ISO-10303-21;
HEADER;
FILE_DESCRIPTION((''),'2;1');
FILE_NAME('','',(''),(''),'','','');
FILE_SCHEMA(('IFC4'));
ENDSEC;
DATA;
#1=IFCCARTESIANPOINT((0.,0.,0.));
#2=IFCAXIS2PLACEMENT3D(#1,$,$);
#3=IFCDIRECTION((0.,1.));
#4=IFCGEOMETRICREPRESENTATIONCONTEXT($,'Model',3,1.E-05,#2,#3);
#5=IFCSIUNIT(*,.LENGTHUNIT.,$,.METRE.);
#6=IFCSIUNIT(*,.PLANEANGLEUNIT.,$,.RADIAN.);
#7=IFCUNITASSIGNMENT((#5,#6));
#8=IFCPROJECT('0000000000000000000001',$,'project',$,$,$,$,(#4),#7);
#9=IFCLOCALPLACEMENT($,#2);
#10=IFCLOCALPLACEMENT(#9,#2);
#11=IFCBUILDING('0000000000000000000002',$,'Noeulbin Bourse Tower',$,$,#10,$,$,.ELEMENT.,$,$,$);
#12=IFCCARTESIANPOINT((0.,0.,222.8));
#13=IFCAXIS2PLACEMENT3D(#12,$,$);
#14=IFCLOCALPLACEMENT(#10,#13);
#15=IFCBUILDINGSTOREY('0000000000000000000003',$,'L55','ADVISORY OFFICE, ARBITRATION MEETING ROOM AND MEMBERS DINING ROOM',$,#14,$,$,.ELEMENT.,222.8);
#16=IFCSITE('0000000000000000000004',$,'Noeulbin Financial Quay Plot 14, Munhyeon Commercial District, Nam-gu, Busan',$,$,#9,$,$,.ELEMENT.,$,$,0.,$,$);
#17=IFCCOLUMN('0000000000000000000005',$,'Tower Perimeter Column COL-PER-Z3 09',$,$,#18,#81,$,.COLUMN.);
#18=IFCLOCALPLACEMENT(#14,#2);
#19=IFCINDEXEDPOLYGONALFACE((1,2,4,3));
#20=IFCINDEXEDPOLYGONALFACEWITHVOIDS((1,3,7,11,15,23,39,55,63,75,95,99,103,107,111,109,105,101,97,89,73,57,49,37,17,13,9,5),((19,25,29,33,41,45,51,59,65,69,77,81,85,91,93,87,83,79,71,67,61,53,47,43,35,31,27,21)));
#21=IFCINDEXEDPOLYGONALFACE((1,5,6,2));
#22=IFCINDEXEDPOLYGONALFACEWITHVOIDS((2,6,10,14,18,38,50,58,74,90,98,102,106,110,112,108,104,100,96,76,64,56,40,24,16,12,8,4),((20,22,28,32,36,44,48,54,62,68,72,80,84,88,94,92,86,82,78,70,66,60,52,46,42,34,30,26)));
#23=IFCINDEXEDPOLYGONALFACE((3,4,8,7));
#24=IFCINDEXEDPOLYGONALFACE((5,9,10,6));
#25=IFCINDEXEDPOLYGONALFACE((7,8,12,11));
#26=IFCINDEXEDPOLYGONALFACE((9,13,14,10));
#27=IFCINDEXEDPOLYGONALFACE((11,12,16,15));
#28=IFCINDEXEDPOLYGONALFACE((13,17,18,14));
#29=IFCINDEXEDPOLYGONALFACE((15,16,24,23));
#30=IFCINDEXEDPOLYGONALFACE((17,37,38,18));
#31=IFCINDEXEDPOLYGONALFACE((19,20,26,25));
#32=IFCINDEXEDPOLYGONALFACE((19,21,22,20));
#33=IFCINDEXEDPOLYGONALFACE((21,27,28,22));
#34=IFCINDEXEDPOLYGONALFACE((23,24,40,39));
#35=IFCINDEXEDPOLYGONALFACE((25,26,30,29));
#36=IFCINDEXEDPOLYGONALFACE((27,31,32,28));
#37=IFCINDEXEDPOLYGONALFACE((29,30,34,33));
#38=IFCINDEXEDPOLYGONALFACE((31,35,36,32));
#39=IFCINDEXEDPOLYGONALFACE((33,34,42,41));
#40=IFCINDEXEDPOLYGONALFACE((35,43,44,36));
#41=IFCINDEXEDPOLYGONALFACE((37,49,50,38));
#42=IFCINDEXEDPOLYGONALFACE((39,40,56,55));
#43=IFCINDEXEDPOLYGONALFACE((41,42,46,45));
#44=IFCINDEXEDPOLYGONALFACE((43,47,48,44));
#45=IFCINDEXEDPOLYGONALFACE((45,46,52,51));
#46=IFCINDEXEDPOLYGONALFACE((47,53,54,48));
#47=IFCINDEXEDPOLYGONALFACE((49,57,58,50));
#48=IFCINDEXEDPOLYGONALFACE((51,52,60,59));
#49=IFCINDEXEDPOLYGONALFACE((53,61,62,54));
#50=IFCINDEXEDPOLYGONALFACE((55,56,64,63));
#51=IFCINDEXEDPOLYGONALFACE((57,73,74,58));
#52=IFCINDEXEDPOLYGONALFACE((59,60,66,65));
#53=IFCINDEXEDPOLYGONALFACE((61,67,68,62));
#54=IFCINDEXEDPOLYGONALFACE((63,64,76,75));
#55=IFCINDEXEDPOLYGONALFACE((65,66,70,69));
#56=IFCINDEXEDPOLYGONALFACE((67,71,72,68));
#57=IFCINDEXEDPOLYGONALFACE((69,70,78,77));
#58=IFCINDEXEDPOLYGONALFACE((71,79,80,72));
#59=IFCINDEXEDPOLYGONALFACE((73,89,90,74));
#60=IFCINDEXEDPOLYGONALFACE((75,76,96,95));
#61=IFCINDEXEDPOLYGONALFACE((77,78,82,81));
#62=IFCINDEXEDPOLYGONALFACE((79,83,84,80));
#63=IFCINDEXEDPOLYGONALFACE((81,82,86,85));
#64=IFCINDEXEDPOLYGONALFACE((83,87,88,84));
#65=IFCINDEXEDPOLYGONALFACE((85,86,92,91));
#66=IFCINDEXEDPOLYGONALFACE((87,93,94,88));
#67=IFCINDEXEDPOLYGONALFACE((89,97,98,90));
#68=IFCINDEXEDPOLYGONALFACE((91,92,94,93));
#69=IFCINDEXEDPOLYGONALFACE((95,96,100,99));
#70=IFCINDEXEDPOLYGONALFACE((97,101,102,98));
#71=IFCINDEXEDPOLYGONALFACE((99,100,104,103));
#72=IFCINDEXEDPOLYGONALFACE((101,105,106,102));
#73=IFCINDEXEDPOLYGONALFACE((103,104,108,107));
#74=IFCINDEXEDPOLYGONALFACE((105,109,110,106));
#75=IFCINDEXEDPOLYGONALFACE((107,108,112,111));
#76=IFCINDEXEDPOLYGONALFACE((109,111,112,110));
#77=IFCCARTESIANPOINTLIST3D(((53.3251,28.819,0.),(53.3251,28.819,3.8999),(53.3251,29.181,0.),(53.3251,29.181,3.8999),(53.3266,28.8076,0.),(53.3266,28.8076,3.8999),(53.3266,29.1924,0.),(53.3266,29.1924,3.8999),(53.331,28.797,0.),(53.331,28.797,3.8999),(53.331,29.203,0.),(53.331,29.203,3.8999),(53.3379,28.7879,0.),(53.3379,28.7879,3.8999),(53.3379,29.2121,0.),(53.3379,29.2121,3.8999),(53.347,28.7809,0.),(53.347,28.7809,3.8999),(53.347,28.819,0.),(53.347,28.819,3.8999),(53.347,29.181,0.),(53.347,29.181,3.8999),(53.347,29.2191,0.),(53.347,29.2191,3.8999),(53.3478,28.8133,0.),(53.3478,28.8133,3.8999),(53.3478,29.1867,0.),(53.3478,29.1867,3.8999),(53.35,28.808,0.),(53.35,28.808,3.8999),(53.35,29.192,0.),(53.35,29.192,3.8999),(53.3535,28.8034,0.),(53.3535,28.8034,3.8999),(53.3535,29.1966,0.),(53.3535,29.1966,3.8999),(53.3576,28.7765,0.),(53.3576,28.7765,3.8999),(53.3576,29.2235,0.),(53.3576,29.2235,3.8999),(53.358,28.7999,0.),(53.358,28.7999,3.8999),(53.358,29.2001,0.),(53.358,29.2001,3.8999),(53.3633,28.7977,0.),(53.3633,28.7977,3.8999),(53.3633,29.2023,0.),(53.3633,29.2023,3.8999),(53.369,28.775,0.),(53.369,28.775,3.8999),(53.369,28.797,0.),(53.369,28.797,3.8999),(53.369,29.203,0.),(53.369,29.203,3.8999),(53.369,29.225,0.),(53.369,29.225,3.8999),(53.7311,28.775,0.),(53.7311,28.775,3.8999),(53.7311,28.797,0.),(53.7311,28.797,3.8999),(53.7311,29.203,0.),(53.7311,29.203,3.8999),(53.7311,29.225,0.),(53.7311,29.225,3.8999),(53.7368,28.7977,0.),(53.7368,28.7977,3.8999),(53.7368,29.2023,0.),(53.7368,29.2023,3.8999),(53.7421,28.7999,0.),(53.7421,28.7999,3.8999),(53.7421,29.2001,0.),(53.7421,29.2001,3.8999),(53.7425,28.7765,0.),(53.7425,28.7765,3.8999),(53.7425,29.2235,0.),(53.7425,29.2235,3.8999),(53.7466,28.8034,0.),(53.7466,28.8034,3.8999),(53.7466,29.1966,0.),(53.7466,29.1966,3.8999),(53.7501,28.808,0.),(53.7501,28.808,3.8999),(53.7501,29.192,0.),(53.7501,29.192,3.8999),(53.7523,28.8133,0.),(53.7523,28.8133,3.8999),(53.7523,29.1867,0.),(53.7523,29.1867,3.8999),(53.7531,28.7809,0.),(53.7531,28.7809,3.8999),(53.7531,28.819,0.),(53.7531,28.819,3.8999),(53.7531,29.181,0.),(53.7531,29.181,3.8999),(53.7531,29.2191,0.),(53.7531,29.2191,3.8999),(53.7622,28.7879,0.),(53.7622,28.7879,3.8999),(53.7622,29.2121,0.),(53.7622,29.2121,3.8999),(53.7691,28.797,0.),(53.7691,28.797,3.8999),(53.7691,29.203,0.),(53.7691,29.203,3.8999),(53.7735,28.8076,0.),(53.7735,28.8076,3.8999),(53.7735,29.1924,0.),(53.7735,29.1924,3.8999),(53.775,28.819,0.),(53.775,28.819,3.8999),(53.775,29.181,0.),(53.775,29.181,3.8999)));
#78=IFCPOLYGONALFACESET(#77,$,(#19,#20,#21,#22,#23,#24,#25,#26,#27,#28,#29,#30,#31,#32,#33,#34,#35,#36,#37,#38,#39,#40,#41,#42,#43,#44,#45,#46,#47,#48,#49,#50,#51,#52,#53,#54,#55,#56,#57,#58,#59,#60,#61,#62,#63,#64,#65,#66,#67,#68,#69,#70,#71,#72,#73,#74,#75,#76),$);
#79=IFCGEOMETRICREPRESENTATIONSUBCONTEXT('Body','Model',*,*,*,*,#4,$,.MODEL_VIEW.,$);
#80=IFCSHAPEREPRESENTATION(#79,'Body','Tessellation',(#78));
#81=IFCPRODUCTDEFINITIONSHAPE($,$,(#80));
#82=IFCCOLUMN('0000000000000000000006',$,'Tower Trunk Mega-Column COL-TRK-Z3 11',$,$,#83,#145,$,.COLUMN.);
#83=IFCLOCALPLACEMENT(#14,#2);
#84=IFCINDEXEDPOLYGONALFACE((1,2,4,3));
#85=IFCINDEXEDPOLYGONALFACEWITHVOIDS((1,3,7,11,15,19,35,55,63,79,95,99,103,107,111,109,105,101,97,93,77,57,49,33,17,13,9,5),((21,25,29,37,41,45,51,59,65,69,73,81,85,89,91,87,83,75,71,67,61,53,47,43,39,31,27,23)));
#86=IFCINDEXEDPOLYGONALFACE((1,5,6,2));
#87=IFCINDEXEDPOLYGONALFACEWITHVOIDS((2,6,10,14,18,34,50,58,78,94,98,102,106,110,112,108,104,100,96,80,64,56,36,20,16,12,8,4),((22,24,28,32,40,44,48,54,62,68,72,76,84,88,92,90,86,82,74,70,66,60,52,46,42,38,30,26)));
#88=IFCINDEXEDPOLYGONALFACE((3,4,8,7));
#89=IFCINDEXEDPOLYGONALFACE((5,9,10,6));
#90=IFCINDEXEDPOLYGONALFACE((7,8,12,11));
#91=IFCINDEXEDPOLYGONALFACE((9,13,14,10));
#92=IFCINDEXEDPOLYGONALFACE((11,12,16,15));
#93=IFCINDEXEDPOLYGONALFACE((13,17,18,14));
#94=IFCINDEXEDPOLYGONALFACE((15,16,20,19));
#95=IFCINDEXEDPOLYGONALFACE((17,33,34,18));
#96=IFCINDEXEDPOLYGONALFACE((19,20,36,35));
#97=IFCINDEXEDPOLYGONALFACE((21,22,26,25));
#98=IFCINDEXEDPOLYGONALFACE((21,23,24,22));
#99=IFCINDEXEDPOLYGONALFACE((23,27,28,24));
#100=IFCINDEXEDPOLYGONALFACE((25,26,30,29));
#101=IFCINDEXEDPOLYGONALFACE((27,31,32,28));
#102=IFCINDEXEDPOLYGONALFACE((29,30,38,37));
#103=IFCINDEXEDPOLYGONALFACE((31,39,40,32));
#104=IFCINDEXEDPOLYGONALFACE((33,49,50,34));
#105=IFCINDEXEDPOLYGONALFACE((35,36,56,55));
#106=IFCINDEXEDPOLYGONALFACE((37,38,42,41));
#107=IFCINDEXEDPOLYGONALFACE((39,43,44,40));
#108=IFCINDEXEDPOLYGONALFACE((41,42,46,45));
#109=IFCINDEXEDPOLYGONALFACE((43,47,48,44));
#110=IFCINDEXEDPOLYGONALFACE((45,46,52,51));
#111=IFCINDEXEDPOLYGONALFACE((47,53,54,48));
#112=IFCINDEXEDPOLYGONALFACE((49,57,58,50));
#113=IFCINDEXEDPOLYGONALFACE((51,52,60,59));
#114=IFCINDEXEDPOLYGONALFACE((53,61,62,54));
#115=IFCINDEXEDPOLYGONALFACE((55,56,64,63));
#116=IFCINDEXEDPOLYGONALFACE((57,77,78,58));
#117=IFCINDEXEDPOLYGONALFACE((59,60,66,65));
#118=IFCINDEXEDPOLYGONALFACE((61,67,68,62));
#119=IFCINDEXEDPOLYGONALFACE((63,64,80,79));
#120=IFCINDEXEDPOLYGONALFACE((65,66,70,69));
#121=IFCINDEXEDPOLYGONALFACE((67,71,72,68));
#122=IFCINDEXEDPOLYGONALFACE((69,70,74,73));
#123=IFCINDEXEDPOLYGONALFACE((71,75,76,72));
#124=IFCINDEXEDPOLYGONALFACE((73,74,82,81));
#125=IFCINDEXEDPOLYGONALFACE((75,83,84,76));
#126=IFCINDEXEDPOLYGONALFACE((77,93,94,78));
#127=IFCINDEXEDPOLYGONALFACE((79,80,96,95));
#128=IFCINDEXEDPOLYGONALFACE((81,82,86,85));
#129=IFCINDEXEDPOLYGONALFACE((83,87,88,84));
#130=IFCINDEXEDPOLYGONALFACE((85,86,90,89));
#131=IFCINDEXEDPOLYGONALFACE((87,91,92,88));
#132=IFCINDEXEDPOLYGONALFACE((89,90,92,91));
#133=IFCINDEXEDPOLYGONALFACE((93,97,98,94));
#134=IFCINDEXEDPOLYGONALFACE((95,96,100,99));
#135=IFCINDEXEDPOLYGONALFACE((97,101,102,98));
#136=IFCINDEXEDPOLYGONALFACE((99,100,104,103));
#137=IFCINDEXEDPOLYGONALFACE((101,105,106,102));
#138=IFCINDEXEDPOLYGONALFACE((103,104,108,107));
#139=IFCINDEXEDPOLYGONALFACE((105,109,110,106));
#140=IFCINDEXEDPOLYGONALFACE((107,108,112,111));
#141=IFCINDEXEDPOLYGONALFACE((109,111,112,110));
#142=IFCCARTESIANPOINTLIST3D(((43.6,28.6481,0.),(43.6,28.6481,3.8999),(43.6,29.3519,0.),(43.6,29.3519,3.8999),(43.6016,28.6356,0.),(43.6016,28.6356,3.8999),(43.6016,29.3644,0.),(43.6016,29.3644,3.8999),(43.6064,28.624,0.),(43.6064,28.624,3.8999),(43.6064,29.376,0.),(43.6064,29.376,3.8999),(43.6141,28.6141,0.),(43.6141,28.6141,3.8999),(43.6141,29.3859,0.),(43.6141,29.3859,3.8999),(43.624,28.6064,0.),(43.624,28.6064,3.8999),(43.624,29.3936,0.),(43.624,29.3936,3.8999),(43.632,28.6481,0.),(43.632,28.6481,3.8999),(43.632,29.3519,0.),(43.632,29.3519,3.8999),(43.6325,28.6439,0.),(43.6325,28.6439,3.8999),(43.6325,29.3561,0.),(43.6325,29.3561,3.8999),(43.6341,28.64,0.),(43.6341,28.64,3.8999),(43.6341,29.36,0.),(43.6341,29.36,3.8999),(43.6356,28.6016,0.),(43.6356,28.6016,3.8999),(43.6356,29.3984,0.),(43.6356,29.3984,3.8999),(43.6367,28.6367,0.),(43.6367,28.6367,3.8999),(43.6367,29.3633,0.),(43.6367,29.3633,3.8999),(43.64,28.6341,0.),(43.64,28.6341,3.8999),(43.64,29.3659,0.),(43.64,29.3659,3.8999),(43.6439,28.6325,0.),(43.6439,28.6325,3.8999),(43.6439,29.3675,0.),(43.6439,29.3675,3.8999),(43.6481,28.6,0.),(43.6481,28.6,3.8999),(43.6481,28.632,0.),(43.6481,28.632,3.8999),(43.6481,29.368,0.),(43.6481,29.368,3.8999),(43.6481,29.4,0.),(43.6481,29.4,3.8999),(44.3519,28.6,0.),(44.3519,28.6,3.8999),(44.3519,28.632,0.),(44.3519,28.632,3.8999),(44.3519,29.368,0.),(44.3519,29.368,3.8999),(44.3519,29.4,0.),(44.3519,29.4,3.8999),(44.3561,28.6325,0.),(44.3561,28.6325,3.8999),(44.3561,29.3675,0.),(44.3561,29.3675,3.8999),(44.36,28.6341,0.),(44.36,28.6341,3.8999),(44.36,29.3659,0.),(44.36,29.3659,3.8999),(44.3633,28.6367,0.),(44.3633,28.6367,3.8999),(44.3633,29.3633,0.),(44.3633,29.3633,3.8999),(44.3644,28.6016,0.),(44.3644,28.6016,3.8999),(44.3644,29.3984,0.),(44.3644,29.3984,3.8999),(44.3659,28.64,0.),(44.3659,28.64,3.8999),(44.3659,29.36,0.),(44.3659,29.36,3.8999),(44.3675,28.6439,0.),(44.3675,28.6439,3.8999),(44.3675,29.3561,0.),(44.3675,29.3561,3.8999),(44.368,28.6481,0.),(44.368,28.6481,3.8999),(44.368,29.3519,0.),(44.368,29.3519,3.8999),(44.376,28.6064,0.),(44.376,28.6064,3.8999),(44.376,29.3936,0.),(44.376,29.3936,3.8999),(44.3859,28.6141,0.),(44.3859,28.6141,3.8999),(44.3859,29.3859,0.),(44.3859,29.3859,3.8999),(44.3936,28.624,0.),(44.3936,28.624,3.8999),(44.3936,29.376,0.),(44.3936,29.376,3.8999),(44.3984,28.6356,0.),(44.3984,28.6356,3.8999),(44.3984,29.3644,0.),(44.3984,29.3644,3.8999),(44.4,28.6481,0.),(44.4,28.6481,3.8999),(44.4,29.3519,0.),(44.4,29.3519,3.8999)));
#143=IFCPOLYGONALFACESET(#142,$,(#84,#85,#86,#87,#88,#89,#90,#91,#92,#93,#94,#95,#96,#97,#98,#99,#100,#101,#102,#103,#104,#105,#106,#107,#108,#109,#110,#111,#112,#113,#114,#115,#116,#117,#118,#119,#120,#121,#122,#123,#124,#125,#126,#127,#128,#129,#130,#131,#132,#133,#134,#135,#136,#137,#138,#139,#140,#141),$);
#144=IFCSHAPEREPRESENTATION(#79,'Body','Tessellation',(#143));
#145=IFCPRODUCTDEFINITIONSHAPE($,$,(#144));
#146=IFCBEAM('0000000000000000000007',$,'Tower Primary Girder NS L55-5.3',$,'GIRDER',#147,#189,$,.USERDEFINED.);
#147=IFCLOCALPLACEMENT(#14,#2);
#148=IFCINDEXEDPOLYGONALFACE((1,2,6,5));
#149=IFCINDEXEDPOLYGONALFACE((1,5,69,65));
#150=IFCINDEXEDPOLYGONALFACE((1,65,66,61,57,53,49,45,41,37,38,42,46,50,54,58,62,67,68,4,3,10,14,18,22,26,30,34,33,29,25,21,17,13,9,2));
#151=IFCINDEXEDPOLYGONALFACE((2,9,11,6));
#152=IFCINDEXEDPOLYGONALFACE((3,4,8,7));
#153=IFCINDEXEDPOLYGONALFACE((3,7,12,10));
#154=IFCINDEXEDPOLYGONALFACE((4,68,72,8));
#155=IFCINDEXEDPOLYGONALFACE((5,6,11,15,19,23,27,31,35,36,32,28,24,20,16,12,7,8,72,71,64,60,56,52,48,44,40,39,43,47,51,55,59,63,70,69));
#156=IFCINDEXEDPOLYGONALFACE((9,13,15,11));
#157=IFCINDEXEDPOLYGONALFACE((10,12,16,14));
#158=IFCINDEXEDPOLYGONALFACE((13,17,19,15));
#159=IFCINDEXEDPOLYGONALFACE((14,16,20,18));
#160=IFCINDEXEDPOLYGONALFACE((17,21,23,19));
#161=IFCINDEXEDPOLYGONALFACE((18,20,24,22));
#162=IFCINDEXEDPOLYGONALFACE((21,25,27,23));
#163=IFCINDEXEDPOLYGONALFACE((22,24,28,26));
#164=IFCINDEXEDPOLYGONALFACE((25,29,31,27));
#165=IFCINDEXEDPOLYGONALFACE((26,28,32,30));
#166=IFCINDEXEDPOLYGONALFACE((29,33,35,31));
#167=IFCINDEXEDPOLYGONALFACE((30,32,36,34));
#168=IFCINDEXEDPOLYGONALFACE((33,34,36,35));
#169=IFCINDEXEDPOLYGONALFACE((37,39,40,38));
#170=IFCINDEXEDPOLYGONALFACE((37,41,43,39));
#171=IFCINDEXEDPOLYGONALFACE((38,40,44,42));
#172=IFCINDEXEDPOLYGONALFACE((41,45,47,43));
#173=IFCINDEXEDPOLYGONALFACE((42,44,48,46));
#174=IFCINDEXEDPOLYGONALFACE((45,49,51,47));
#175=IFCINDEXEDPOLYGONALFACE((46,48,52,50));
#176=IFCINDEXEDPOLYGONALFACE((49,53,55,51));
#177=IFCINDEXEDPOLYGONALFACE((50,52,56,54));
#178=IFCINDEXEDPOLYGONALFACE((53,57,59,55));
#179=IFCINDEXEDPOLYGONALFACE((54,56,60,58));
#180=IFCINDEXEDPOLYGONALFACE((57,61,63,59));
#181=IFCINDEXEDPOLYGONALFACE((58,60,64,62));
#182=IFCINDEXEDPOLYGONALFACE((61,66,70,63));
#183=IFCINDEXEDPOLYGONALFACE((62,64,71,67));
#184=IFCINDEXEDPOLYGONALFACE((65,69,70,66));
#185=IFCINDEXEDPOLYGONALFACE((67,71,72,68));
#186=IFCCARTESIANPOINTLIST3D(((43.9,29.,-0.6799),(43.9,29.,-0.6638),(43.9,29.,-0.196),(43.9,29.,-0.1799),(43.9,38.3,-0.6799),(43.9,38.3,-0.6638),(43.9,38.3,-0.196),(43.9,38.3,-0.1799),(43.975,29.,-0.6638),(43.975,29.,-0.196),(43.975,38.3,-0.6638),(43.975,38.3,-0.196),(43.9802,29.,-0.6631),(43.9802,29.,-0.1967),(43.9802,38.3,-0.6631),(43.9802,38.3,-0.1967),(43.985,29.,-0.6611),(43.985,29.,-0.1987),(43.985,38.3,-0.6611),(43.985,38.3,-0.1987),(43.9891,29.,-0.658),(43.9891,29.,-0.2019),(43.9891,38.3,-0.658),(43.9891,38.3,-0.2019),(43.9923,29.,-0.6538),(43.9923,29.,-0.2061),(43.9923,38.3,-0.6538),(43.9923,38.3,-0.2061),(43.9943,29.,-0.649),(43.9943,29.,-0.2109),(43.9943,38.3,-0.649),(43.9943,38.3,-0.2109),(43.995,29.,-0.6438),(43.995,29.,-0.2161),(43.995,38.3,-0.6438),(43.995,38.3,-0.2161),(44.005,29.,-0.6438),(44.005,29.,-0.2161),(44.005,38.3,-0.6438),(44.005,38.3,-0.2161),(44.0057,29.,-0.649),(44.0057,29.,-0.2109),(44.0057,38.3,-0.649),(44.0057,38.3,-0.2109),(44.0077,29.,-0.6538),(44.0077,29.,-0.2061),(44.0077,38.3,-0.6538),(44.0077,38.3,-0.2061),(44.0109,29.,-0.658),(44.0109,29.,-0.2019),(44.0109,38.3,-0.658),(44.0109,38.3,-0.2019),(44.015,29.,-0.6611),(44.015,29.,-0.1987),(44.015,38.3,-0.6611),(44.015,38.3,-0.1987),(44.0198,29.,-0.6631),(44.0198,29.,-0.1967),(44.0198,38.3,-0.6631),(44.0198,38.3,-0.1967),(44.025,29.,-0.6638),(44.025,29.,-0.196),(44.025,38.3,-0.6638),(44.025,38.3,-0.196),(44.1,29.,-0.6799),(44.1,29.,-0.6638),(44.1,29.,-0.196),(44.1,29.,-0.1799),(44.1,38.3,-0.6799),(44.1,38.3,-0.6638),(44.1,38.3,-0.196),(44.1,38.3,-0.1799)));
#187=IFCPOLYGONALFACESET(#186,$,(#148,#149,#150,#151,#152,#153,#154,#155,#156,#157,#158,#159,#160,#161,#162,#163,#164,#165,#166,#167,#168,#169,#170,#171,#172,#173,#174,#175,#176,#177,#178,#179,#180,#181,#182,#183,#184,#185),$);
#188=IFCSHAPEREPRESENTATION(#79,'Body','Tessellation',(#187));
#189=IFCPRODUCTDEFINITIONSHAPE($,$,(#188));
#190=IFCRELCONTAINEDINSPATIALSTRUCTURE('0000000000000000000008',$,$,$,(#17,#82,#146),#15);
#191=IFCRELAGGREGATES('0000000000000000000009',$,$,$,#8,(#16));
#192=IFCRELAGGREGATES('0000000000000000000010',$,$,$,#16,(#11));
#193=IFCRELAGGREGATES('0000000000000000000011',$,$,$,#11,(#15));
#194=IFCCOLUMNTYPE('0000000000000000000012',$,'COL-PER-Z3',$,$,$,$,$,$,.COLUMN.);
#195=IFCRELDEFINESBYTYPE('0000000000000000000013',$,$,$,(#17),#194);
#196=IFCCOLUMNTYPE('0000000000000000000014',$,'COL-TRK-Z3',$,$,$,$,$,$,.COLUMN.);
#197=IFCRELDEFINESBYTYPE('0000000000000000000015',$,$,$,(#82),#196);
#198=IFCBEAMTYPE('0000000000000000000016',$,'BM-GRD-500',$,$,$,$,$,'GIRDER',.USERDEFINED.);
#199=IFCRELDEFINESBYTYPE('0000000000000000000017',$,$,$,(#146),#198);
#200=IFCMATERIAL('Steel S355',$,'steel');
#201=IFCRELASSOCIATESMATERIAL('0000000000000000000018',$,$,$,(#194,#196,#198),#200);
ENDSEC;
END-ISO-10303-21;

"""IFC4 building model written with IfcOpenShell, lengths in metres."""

from ifc_helpers import new_model, si_unit, direction, frame, origin, origin_2d, place, context, subcontext, project, spatial, hollow_rectangle, i_section, extrude, material, material_profile, profile_set, type_object, element, save


model = new_model("IFC4")

# Units and contexts
model_context = context("Model", 3, precision=1e-05, world=origin(), true_north=direction((0.0, 1.0)))
body_context = subcontext(model_context, "Body", "Model", "MODEL_VIEW")
ifc_project = project(units=[si_unit("LENGTHUNIT", "METRE"), si_unit("PLANEANGLEUNIT", "RADIAN")], contexts=[model_context])

# Site, building, storey
site_placement = place(None, origin())
site = spatial("IfcSite", under=ifc_project, at=site_placement, Name="Noeulbin Financial Quay Plot 14, Munhyeon Commercial District, Nam-gu, Busan", CompositionType="ELEMENT", RefElevation=0.0)
building_placement = place(site_placement, origin())
building = spatial("IfcBuilding", under=site, at=building_placement, Name="Noeulbin Bourse Tower", CompositionType="ELEMENT")
storey_placement = place(building_placement, frame((0.0, 0.0, 222.8)))
storey = spatial("IfcBuildingStorey", under=building, at=storey_placement, Name="L55", Description="ADVISORY OFFICE, ARBITRATION MEETING ROOM AND MEMBERS DINING ROOM", CompositionType="ELEMENT", Elevation=222.8)

# Columns
ifc_material_1 = material(Name="Steel S355", Category="steel")
ifc_material_profile_1 = material_profile(ifc_material_1, hollow_rectangle(XDim=0.45, YDim=0.45, WallThickness=0.022, InnerFilletRadius=0.022, OuterFilletRadius=0.0439, at=origin_2d()), Name="SHS-450x450x22", Category="LoadBearing")
ifc_profile_set_1 = profile_set([ifc_material_profile_1], Name="Steel S355")
column_type_1 = type_object("IfcColumnType", Name="COL-PER-Z3", PredefinedType="COLUMN", material=ifc_profile_set_1)
column_1_placement = place(storey_placement, frame((53.55, 29.0, 0.0), z_axis=(0.0, 0.0, 1.0), x_axis=(1.0, 0.0, 0.0)))
element("IfcColumn", 1, at=column_1_placement, inside=storey, type_object=column_type_1, Name="Tower Perimeter Column COL-PER-Z3 09", PredefinedType="COLUMN", context=body_context, shape_type="SweptSolid", body=[
    extrude(hollow_rectangle(XDim=0.45, YDim=0.45, WallThickness=0.022, InnerFilletRadius=0.022, OuterFilletRadius=0.0439, at=origin_2d()), origin(), (0.0, 0.0, 1.0), 3.8999),
])
ifc_material_profile_2 = material_profile(ifc_material_1, hollow_rectangle(XDim=0.8, YDim=0.8, WallThickness=0.032, InnerFilletRadius=0.0161, OuterFilletRadius=0.0481, at=origin_2d()), Name="BOX-800x800x32", Category="LoadBearing")
ifc_profile_set_2 = profile_set([ifc_material_profile_2], Name="Steel S355")
column_type_2 = type_object("IfcColumnType", Name="COL-TRK-Z3", PredefinedType="COLUMN", material=ifc_profile_set_2)
column_2_placement = place(storey_placement, frame((44.0, 29.0, 0.0), z_axis=(0.0, 0.0, 1.0), x_axis=(1.0, 0.0, 0.0)))
element("IfcColumn", 2, at=column_2_placement, inside=storey, type_object=column_type_2, Name="Tower Trunk Mega-Column COL-TRK-Z3 11", PredefinedType="COLUMN", context=body_context, shape_type="SweptSolid", body=[
    extrude(hollow_rectangle(XDim=0.8, YDim=0.8, WallThickness=0.032, InnerFilletRadius=0.0161, OuterFilletRadius=0.0481, at=origin_2d()), origin(), (0.0, 0.0, 1.0), 3.8999),
])

# Beam
ifc_material_profile_3 = material_profile(ifc_material_1, i_section(OverallWidth=0.2, OverallDepth=0.5, WebThickness=0.01, FlangeThickness=0.0161, FilletRadius=0.02, at=origin_2d()), Name="H-500x200x10x16", Category="LoadBearing")
ifc_profile_set_3 = profile_set([ifc_material_profile_3], Name="Steel S355")
beam_type_1 = type_object("IfcBeamType", Name="BM-GRD-500", ElementType="GIRDER", PredefinedType="USERDEFINED", material=ifc_profile_set_3)
beam_1_placement = place(storey_placement, frame((44.0, 29.0, -0.4299), z_axis=(0.0, 1.0, 0.0), x_axis=(-1.0, 0.0, 0.0)))
element("IfcBeam", 3, at=beam_1_placement, inside=storey, type_object=beam_type_1, Name="Tower Primary Girder NS L55-5.3", ObjectType="GIRDER", PredefinedType="USERDEFINED", context=body_context, shape_type="SweptSolid", body=[
    extrude(i_section(OverallWidth=0.2, OverallDepth=0.5, WebThickness=0.01, FlangeThickness=0.0161, FilletRadius=0.02, at=origin_2d()), origin(), (0.0, 0.0, 1.0), 9.3),
])

save(model, "model.ifc")
